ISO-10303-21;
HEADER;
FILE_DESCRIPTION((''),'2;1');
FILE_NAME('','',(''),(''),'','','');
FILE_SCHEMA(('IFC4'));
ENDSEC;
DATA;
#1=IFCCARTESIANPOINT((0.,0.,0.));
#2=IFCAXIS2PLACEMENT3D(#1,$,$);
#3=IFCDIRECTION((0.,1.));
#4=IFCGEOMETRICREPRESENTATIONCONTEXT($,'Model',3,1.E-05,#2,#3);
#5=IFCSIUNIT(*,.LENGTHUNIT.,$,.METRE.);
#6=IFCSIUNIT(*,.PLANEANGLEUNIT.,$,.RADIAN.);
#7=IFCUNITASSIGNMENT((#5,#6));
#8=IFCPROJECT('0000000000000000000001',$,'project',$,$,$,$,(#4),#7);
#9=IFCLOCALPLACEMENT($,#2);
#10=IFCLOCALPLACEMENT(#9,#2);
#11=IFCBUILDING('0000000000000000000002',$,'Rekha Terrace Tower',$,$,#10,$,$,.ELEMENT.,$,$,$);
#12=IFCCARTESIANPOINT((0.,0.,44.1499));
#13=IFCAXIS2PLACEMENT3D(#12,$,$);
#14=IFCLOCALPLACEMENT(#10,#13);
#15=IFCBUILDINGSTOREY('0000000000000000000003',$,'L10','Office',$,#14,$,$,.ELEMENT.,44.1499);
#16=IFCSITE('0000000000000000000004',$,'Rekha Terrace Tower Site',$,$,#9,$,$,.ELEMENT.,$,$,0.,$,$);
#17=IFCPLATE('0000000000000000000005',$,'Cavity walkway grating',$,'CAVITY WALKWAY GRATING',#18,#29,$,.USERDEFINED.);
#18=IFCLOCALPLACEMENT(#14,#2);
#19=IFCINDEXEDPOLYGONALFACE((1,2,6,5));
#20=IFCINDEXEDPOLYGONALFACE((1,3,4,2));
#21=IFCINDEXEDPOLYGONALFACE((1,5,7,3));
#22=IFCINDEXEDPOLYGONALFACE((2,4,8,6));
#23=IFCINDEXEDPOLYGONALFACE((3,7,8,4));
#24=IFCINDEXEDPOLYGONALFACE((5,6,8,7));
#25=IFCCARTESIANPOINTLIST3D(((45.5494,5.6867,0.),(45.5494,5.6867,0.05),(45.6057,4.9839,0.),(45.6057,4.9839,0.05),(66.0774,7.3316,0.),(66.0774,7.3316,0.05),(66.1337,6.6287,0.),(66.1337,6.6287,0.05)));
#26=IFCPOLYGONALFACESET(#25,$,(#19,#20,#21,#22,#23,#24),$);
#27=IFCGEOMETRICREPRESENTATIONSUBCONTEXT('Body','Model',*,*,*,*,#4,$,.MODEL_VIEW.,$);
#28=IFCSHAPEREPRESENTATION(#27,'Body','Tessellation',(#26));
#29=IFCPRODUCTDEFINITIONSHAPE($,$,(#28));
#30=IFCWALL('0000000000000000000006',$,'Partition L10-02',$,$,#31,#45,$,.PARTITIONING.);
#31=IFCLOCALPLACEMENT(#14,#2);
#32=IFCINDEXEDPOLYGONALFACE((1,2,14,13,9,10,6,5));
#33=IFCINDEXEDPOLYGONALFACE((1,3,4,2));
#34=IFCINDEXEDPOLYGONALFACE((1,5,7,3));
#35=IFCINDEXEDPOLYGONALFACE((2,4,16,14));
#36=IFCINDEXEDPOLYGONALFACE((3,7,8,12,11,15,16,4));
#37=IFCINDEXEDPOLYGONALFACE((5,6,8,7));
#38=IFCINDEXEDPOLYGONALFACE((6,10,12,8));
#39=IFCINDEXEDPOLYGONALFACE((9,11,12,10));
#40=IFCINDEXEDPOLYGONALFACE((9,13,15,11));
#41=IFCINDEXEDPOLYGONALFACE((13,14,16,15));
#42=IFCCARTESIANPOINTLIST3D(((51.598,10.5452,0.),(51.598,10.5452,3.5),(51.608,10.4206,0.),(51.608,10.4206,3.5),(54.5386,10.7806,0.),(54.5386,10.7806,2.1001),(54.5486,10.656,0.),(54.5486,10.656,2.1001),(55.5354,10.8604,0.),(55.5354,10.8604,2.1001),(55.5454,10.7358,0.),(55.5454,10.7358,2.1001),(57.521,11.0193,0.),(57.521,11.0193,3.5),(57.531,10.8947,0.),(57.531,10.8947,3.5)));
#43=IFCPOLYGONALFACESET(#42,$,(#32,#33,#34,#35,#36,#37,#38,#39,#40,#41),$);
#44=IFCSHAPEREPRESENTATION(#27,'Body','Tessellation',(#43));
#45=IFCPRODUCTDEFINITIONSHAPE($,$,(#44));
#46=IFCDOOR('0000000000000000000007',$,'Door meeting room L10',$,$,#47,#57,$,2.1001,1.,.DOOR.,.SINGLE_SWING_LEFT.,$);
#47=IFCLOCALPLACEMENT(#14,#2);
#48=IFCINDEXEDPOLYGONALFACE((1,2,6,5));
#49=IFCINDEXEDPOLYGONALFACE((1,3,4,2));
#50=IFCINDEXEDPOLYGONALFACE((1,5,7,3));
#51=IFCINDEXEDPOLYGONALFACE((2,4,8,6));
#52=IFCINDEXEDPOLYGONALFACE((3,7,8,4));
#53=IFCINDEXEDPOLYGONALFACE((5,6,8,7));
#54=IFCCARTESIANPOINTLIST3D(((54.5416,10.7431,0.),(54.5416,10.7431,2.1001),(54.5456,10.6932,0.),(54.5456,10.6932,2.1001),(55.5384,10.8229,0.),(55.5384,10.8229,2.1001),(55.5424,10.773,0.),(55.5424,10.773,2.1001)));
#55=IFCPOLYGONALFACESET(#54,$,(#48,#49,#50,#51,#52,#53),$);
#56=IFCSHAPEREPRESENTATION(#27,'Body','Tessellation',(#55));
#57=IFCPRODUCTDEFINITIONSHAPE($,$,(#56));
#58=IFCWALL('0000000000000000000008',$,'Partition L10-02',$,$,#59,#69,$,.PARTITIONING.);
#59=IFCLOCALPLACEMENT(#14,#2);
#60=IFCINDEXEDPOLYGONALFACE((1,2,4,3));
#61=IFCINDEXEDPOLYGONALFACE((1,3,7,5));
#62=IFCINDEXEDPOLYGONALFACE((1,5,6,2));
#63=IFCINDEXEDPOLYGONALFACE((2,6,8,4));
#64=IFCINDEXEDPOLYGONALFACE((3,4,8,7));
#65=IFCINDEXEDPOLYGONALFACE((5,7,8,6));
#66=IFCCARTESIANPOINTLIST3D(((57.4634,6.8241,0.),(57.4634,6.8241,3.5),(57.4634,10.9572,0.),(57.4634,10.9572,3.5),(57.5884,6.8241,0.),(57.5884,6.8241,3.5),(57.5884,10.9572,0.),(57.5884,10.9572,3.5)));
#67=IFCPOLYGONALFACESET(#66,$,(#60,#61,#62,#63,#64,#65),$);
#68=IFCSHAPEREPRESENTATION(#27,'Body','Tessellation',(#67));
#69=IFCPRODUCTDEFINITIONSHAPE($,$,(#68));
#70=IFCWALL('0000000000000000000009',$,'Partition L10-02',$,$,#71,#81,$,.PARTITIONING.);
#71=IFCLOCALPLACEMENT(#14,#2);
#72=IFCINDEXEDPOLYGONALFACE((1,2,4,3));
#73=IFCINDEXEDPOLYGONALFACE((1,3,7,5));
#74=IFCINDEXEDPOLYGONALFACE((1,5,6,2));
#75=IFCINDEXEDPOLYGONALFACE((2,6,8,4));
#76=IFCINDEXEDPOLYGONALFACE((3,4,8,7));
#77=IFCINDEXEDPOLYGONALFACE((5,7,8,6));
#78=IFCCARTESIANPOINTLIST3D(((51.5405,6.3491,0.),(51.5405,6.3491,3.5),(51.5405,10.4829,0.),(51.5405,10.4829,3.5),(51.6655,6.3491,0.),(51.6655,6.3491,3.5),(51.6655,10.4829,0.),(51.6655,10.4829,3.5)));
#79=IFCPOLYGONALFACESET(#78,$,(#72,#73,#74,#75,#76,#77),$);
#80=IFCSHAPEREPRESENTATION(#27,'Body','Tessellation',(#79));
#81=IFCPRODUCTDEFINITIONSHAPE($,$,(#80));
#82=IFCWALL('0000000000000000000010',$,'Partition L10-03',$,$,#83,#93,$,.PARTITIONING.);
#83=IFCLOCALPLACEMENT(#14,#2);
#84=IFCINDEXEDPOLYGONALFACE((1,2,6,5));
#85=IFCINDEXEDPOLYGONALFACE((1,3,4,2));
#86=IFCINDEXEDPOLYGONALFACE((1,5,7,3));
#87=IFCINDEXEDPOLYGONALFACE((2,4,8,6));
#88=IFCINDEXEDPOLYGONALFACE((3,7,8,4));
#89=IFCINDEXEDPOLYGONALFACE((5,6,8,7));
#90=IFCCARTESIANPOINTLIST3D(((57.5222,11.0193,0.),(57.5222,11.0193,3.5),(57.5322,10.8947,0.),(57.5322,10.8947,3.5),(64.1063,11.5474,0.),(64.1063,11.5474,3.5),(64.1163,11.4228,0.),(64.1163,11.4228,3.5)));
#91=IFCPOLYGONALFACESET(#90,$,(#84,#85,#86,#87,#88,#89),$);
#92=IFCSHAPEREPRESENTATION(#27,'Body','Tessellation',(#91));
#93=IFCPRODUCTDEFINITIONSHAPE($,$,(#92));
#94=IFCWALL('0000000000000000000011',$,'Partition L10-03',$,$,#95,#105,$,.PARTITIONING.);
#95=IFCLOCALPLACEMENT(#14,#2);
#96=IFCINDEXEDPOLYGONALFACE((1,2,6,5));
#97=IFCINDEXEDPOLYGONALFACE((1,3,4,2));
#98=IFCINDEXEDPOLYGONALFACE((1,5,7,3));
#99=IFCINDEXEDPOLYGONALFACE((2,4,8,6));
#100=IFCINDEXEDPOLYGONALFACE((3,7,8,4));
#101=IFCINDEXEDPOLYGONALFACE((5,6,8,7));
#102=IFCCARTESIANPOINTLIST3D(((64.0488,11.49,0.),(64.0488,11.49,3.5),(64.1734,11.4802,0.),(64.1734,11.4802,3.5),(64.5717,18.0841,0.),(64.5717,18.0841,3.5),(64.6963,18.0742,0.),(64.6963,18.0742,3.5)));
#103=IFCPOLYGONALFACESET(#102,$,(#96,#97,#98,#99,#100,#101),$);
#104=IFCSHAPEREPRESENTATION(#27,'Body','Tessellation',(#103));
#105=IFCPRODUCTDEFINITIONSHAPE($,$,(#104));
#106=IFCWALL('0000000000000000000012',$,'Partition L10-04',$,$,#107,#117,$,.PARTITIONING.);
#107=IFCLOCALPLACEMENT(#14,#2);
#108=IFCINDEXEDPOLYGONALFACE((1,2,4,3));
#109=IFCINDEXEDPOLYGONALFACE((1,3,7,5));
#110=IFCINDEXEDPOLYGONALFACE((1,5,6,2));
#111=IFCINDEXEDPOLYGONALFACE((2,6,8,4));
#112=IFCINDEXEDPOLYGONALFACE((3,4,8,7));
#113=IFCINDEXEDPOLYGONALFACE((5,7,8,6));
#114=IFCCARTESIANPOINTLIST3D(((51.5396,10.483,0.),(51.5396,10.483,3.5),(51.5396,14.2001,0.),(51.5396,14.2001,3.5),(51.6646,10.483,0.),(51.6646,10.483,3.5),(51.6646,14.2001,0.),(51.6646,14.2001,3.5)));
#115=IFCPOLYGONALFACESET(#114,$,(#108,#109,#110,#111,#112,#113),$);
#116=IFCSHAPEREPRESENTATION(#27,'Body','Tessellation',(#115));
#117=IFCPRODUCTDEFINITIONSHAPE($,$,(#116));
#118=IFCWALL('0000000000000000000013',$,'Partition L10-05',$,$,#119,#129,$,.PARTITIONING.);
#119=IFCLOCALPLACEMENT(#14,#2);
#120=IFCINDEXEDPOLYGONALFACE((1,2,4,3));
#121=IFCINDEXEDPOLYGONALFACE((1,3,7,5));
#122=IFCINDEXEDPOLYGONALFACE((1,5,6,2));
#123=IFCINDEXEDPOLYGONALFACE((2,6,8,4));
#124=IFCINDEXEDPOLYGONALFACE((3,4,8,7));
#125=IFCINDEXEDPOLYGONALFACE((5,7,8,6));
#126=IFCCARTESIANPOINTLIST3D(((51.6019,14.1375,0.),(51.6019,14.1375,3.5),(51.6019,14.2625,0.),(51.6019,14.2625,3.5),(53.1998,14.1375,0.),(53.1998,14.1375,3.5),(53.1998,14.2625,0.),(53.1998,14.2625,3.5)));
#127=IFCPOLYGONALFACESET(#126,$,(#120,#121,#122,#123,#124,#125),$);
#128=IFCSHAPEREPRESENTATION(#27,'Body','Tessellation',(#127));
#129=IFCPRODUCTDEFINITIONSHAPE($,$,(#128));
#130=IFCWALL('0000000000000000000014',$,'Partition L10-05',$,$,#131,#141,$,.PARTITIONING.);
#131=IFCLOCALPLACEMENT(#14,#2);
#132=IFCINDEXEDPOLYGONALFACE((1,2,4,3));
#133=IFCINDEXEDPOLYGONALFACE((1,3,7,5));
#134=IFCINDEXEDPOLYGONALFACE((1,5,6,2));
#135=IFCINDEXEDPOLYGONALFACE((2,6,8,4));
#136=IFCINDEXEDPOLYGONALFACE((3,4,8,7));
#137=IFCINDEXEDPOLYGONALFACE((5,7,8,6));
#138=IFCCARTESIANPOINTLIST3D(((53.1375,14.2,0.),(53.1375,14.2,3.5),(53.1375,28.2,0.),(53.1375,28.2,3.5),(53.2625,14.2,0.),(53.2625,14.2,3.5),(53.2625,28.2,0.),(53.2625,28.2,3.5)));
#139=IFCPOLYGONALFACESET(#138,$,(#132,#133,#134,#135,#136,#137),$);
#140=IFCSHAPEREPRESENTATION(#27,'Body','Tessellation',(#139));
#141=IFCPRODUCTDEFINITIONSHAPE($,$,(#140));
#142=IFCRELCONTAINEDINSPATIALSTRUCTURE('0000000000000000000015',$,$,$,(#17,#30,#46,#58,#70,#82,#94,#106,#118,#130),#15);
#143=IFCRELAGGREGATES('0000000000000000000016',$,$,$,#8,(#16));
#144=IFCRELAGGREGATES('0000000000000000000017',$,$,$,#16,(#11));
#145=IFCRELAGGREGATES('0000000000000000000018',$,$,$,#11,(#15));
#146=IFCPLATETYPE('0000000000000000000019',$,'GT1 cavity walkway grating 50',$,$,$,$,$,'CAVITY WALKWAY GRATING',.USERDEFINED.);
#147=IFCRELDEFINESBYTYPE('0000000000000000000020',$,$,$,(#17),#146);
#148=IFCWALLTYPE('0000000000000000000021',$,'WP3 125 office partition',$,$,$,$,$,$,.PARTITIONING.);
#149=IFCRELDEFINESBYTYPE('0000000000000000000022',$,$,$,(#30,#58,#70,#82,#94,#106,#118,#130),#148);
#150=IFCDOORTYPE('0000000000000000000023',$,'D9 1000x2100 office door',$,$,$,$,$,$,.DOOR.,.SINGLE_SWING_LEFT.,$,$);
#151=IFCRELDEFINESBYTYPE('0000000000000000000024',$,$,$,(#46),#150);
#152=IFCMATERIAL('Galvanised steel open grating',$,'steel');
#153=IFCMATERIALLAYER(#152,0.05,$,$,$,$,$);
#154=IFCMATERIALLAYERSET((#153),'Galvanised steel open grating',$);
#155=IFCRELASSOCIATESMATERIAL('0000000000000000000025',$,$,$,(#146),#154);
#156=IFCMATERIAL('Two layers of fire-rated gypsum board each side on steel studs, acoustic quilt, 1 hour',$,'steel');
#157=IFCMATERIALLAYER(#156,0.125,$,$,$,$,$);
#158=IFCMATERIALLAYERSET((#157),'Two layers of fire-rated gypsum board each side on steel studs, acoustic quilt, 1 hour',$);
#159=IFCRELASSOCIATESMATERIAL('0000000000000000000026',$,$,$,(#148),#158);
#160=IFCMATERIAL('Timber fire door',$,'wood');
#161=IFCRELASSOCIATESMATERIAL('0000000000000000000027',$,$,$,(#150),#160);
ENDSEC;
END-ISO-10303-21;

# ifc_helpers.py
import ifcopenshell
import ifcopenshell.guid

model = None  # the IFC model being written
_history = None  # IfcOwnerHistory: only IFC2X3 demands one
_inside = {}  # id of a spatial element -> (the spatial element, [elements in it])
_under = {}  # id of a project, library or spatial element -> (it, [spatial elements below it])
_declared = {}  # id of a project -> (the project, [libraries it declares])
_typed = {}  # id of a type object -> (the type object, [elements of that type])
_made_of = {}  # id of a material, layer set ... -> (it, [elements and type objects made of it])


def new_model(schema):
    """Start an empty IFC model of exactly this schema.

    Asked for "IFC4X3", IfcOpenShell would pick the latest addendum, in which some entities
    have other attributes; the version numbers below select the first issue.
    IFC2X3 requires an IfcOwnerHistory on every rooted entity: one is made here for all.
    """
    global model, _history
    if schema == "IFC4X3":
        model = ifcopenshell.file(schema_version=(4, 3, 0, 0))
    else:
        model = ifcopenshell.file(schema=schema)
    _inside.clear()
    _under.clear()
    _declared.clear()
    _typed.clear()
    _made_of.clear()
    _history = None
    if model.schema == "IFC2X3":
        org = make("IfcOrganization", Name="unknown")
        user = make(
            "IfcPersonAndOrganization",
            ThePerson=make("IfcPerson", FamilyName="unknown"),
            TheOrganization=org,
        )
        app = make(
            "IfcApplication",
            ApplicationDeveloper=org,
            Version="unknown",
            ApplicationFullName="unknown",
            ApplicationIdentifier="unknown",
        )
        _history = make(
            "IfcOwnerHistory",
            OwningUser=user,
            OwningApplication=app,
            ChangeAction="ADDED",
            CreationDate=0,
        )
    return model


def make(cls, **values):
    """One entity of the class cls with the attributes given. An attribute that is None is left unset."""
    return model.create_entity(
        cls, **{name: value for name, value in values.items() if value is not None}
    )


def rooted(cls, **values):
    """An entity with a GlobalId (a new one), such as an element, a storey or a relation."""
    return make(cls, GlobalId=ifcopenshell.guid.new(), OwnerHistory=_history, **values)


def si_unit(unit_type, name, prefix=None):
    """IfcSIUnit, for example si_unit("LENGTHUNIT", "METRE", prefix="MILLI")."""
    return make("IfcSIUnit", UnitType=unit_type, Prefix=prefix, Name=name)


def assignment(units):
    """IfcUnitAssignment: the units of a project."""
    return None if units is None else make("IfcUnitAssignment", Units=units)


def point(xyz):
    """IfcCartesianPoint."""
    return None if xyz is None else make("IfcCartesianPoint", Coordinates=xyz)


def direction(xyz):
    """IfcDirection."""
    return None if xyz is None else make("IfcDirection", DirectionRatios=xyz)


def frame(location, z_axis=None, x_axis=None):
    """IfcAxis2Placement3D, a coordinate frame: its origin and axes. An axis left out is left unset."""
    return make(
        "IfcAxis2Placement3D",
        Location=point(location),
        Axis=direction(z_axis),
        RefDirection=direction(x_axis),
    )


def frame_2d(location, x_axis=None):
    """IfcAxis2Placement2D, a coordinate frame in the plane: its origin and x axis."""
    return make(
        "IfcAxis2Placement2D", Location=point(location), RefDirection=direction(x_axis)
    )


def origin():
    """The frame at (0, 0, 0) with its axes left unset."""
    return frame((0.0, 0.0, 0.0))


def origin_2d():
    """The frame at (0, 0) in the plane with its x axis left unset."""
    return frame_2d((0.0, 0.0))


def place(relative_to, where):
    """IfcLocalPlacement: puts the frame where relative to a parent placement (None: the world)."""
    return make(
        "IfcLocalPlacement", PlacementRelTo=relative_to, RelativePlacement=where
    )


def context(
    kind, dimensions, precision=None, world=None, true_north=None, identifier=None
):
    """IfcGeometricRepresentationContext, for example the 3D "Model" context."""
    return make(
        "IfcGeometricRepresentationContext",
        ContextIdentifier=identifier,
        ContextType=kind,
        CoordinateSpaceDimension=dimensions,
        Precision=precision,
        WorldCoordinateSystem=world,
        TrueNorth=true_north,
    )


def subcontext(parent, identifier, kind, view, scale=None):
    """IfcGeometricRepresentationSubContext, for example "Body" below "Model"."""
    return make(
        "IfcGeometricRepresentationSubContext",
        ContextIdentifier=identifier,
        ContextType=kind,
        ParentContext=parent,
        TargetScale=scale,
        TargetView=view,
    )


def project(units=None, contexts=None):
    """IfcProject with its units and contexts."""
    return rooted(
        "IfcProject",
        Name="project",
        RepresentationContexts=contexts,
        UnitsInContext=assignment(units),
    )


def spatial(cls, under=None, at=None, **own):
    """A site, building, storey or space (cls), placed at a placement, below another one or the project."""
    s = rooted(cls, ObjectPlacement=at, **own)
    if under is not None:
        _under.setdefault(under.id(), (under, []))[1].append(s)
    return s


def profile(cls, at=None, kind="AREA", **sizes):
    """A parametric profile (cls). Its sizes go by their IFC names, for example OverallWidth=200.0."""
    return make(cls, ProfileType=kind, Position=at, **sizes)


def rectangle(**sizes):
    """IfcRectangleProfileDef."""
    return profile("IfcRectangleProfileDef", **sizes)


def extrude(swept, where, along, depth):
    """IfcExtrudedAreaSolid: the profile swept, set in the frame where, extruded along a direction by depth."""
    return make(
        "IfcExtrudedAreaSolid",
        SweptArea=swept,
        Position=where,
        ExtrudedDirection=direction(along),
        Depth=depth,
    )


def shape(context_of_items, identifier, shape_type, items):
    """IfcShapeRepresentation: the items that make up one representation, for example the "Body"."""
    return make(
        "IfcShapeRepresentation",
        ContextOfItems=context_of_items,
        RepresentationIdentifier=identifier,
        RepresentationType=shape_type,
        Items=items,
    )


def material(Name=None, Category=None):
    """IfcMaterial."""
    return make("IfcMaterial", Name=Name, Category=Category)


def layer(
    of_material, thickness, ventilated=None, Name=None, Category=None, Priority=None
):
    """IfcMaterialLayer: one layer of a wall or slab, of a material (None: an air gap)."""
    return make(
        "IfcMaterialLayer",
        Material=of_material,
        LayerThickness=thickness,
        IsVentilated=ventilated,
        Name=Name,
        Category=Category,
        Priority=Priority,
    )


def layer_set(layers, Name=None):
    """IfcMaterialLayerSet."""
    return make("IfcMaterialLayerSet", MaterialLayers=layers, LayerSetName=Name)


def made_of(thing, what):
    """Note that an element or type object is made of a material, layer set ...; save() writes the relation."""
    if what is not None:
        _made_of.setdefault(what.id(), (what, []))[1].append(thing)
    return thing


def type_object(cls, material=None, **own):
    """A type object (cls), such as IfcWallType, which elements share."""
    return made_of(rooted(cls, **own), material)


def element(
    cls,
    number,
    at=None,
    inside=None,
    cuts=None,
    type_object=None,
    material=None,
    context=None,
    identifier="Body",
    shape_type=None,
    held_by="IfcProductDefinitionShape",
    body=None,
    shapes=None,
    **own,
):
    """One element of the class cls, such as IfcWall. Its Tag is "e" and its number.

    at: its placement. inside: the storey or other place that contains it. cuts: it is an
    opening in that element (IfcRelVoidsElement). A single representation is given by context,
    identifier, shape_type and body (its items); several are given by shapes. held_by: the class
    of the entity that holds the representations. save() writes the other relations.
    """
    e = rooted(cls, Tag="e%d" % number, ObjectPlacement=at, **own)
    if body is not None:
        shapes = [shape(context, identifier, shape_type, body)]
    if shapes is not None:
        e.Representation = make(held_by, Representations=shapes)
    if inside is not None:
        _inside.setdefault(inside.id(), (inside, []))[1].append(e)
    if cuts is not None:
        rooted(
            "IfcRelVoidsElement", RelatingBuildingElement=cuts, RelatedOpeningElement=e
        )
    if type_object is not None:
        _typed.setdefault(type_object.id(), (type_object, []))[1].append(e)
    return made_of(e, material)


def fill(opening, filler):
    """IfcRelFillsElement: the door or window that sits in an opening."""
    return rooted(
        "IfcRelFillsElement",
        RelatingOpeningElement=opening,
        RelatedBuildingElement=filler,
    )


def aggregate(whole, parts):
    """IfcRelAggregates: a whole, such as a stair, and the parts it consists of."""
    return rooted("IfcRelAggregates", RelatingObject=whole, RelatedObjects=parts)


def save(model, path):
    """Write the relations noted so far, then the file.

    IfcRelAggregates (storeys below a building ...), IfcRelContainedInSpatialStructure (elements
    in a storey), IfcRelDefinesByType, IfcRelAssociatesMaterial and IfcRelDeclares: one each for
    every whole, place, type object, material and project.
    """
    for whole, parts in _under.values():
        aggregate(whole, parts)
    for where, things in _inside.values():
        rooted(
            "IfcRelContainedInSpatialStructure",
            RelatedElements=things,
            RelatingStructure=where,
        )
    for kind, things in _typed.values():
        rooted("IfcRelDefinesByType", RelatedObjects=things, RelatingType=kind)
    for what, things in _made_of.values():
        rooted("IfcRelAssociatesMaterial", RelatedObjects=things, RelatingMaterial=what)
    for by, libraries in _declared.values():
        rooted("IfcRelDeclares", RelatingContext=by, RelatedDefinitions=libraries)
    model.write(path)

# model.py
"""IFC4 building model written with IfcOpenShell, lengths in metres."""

from ifc_helpers import new_model, si_unit, direction, frame, frame_2d, origin, origin_2d, place, context, subcontext, project, spatial, rectangle, extrude, material, layer, layer_set, type_object, element, fill, save


model = new_model("IFC4")

# Units and contexts
model_context = context("Model", 3, precision=1e-05, world=origin(), true_north=direction((0.0, 1.0)))
body_context = subcontext(model_context, "Body", "Model", "MODEL_VIEW")
ifc_project = project(units=[si_unit("LENGTHUNIT", "METRE"), si_unit("PLANEANGLEUNIT", "RADIAN")], contexts=[model_context])

# Site, building, storey
site_placement = place(None, origin())
site = spatial("IfcSite", under=ifc_project, at=site_placement, Name="Rekha Terrace Tower Site", CompositionType="ELEMENT", RefElevation=0.0)
building_placement = place(site_placement, origin())
building = spatial("IfcBuilding", under=site, at=building_placement, Name="Rekha Terrace Tower", CompositionType="ELEMENT")
storey_placement = place(building_placement, frame((0.0, 0.0, 44.1499)))
storey = spatial("IfcBuildingStorey", under=building, at=storey_placement, Name="L10", Description="Office", CompositionType="ELEMENT", Elevation=44.1499)

# Plate
ifc_material_1 = material(Name="Galvanised steel open grating", Category="steel")
ifc_layer_1 = layer(ifc_material_1, 0.05)
ifc_layer_set_1 = layer_set([ifc_layer_1], Name="Galvanised steel open grating")
plate_type_1 = type_object("IfcPlateType", Name="GT1 cavity walkway grating 50", ElementType="CAVITY WALKWAY GRATING", PredefinedType="USERDEFINED", material=ifc_layer_set_1)
plate_1_placement = place(storey_placement, frame((55.8416, 6.1577, 0.0), z_axis=(0.0, 0.0, 1.0), x_axis=(0.996805, 0.079872, 0.0)))
element("IfcPlate", 1, at=plate_1_placement, inside=storey, type_object=plate_type_1, Name="Cavity walkway grating", ObjectType="CAVITY WALKWAY GRATING", PredefinedType="USERDEFINED", context=body_context, shape_type="SweptSolid", body=[
    extrude(rectangle(XDim=20.5938, YDim=0.7051, at=origin_2d()), origin(), (0.0, 0.0, 1.0), 0.05),
])

# Wall, opening, door
ifc_material_2 = material(Name="Two layers of fire-rated gypsum board each side on steel studs, acoustic quilt, 1 hour", Category="steel")
ifc_layer_2 = layer(ifc_material_2, 0.125)
ifc_layer_set_2 = layer_set([ifc_layer_2], Name="Two layers of fire-rated gypsum board each side on steel studs, acoustic quilt, 1 hour")
wall_type = type_object("IfcWallType", Name="WP3 125 office partition", PredefinedType="PARTITIONING", material=ifc_layer_set_2)
wall_1_placement = place(storey_placement, frame((51.603, 10.4829, 0.0), z_axis=(0.0, 0.0, 1.0), x_axis=(0.996811, 0.079794, 0.0)))
wall_1 = element("IfcWall", 2, at=wall_1_placement, inside=storey, type_object=wall_type, Name="Partition L10-02", PredefinedType="PARTITIONING", context=body_context, shape_type="SweptSolid", body=[
    extrude(rectangle(XDim=5.9419, YDim=0.125, at=frame_2d((2.9709, 0.0))), origin(), (0.0, 0.0, 1.0), 3.5),
])
opening_placement = place(wall_1_placement, frame((2.95, 0.0, 0.0)))
opening = element("IfcOpeningElement", 3, at=opening_placement, cuts=wall_1, PredefinedType="OPENING", context=body_context, shape_type="SweptSolid", body=[
    extrude(rectangle(XDim=1.0, YDim=2.1001, at=frame_2d((0.5, 1.05))), frame((0.0, 0.0725, 0.0), z_axis=(0.0, -1.0, 0.0), x_axis=(1.0, 0.0, 0.0)), (0.0, 0.0, 1.0), 0.145),
])
ifc_material_3 = material(Name="Timber fire door", Category="wood")
door_type = type_object("IfcDoorType", Name="D9 1000x2100 office door", OperationType="SINGLE_SWING_LEFT", PredefinedType="DOOR", material=ifc_material_3)
door_placement = place(opening_placement, origin())
door = element("IfcDoor", 4, at=door_placement, inside=storey, type_object=door_type, Name="Door meeting room L10", OperationType="SINGLE_SWING_LEFT", OverallHeight=2.1001, OverallWidth=1.0, PredefinedType="DOOR", context=body_context, shape_type="SweptSolid", body=[
    extrude(rectangle(XDim=1.0, YDim=2.1001, at=frame_2d((0.5, 1.05))), frame((0.0, 0.0249, 0.0), z_axis=(0.0, -1.0, 0.0), x_axis=(1.0, 0.0, 0.0)), (0.0, 0.0, 1.0), 0.05),
])
fill(opening, door)

# Walls
wall_2_placement = place(storey_placement, frame((57.5259, 10.957, 0.0), z_axis=(0.0, 0.0, 1.0), x_axis=(0.0, -1.0, 0.0)))
element("IfcWall", 5, at=wall_2_placement, inside=storey, type_object=wall_type, Name="Partition L10-02", PredefinedType="PARTITIONING", context=body_context, shape_type="SweptSolid", body=[
    extrude(rectangle(XDim=4.1331, YDim=0.125, at=frame_2d((2.0664, 0.0))), origin(), (0.0, 0.0, 1.0), 3.5),
])
wall_3_placement = place(storey_placement, frame((51.603, 6.3491, 0.0), z_axis=(0.0, 0.0, 1.0), x_axis=(0.0, 1.0, 0.0)))
element("IfcWall", 6, at=wall_3_placement, inside=storey, type_object=wall_type, Name="Partition L10-02", PredefinedType="PARTITIONING", context=body_context, shape_type="SweptSolid", body=[
    extrude(rectangle(XDim=4.1338, YDim=0.125, at=frame_2d((2.0669, 0.0))), origin(), (0.0, 0.0, 1.0), 3.5),
])
wall_4_placement = place(storey_placement, frame((57.5271, 10.957, 0.0), z_axis=(0.0, 0.0, 1.0), x_axis=(0.996799, 0.079949, 0.0)))
element("IfcWall", 7, at=wall_4_placement, inside=storey, type_object=wall_type, Name="Partition L10-03", PredefinedType="PARTITIONING", context=body_context, shape_type="SweptSolid", body=[
    extrude(rectangle(XDim=6.6052, YDim=0.125, at=frame_2d((3.3027, 0.0))), origin(), (0.0, 0.0, 1.0), 3.5),
])
wall_5_placement = place(storey_placement, frame((64.1111, 11.4851, 0.0), z_axis=(0.0, 0.0, 1.0), x_axis=(0.079059, 0.99687, 0.0)))
element("IfcWall", 8, at=wall_5_placement, inside=storey, type_object=wall_type, Name="Partition L10-03", PredefinedType="PARTITIONING", context=body_context, shape_type="SweptSolid", body=[
    extrude(rectangle(XDim=6.6147, YDim=0.125, at=frame_2d((3.3074, 0.0))), origin(), (0.0, 0.0, 1.0), 3.5),
])
wall_6_placement = place(storey_placement, frame((51.6021, 14.2, 0.0), z_axis=(0.0, 0.0, 1.0), x_axis=(0.0, -1.0, 0.0)))
element("IfcWall", 9, at=wall_6_placement, inside=storey, type_object=wall_type, Name="Partition L10-04", PredefinedType="PARTITIONING", context=body_context, shape_type="SweptSolid", body=[
    extrude(rectangle(XDim=3.717, YDim=0.125, at=frame_2d((1.8584, 0.0))), origin(), (0.0, 0.0, 1.0), 3.5),
])
wall_7_placement = place(storey_placement, frame((51.6021, 14.2, 0.0), z_axis=(0.0, 0.0, 1.0), x_axis=(1.0, 0.0, 0.0)))
element("IfcWall", 10, at=wall_7_placement, inside=storey, type_object=wall_type, Name="Partition L10-05", PredefinedType="PARTITIONING", context=body_context, shape_type="SweptSolid", body=[
    extrude(rectangle(XDim=1.5979, YDim=0.125, at=frame_2d((0.7988, 0.0))), origin(), (0.0, 0.0, 1.0), 3.5),
])
wall_8_placement = place(storey_placement, frame((53.2, 14.2, 0.0), z_axis=(0.0, 0.0, 1.0), x_axis=(0.0, 1.0, 0.0)))
element("IfcWall", 11, at=wall_8_placement, inside=storey, type_object=wall_type, Name="Partition L10-05", PredefinedType="PARTITIONING", context=body_context, shape_type="SweptSolid", body=[
    extrude(rectangle(XDim=14.0, YDim=0.125, at=frame_2d((7.0, 0.0))), origin(), (0.0, 0.0, 1.0), 3.5),
])

save(model, "model.ifc")
